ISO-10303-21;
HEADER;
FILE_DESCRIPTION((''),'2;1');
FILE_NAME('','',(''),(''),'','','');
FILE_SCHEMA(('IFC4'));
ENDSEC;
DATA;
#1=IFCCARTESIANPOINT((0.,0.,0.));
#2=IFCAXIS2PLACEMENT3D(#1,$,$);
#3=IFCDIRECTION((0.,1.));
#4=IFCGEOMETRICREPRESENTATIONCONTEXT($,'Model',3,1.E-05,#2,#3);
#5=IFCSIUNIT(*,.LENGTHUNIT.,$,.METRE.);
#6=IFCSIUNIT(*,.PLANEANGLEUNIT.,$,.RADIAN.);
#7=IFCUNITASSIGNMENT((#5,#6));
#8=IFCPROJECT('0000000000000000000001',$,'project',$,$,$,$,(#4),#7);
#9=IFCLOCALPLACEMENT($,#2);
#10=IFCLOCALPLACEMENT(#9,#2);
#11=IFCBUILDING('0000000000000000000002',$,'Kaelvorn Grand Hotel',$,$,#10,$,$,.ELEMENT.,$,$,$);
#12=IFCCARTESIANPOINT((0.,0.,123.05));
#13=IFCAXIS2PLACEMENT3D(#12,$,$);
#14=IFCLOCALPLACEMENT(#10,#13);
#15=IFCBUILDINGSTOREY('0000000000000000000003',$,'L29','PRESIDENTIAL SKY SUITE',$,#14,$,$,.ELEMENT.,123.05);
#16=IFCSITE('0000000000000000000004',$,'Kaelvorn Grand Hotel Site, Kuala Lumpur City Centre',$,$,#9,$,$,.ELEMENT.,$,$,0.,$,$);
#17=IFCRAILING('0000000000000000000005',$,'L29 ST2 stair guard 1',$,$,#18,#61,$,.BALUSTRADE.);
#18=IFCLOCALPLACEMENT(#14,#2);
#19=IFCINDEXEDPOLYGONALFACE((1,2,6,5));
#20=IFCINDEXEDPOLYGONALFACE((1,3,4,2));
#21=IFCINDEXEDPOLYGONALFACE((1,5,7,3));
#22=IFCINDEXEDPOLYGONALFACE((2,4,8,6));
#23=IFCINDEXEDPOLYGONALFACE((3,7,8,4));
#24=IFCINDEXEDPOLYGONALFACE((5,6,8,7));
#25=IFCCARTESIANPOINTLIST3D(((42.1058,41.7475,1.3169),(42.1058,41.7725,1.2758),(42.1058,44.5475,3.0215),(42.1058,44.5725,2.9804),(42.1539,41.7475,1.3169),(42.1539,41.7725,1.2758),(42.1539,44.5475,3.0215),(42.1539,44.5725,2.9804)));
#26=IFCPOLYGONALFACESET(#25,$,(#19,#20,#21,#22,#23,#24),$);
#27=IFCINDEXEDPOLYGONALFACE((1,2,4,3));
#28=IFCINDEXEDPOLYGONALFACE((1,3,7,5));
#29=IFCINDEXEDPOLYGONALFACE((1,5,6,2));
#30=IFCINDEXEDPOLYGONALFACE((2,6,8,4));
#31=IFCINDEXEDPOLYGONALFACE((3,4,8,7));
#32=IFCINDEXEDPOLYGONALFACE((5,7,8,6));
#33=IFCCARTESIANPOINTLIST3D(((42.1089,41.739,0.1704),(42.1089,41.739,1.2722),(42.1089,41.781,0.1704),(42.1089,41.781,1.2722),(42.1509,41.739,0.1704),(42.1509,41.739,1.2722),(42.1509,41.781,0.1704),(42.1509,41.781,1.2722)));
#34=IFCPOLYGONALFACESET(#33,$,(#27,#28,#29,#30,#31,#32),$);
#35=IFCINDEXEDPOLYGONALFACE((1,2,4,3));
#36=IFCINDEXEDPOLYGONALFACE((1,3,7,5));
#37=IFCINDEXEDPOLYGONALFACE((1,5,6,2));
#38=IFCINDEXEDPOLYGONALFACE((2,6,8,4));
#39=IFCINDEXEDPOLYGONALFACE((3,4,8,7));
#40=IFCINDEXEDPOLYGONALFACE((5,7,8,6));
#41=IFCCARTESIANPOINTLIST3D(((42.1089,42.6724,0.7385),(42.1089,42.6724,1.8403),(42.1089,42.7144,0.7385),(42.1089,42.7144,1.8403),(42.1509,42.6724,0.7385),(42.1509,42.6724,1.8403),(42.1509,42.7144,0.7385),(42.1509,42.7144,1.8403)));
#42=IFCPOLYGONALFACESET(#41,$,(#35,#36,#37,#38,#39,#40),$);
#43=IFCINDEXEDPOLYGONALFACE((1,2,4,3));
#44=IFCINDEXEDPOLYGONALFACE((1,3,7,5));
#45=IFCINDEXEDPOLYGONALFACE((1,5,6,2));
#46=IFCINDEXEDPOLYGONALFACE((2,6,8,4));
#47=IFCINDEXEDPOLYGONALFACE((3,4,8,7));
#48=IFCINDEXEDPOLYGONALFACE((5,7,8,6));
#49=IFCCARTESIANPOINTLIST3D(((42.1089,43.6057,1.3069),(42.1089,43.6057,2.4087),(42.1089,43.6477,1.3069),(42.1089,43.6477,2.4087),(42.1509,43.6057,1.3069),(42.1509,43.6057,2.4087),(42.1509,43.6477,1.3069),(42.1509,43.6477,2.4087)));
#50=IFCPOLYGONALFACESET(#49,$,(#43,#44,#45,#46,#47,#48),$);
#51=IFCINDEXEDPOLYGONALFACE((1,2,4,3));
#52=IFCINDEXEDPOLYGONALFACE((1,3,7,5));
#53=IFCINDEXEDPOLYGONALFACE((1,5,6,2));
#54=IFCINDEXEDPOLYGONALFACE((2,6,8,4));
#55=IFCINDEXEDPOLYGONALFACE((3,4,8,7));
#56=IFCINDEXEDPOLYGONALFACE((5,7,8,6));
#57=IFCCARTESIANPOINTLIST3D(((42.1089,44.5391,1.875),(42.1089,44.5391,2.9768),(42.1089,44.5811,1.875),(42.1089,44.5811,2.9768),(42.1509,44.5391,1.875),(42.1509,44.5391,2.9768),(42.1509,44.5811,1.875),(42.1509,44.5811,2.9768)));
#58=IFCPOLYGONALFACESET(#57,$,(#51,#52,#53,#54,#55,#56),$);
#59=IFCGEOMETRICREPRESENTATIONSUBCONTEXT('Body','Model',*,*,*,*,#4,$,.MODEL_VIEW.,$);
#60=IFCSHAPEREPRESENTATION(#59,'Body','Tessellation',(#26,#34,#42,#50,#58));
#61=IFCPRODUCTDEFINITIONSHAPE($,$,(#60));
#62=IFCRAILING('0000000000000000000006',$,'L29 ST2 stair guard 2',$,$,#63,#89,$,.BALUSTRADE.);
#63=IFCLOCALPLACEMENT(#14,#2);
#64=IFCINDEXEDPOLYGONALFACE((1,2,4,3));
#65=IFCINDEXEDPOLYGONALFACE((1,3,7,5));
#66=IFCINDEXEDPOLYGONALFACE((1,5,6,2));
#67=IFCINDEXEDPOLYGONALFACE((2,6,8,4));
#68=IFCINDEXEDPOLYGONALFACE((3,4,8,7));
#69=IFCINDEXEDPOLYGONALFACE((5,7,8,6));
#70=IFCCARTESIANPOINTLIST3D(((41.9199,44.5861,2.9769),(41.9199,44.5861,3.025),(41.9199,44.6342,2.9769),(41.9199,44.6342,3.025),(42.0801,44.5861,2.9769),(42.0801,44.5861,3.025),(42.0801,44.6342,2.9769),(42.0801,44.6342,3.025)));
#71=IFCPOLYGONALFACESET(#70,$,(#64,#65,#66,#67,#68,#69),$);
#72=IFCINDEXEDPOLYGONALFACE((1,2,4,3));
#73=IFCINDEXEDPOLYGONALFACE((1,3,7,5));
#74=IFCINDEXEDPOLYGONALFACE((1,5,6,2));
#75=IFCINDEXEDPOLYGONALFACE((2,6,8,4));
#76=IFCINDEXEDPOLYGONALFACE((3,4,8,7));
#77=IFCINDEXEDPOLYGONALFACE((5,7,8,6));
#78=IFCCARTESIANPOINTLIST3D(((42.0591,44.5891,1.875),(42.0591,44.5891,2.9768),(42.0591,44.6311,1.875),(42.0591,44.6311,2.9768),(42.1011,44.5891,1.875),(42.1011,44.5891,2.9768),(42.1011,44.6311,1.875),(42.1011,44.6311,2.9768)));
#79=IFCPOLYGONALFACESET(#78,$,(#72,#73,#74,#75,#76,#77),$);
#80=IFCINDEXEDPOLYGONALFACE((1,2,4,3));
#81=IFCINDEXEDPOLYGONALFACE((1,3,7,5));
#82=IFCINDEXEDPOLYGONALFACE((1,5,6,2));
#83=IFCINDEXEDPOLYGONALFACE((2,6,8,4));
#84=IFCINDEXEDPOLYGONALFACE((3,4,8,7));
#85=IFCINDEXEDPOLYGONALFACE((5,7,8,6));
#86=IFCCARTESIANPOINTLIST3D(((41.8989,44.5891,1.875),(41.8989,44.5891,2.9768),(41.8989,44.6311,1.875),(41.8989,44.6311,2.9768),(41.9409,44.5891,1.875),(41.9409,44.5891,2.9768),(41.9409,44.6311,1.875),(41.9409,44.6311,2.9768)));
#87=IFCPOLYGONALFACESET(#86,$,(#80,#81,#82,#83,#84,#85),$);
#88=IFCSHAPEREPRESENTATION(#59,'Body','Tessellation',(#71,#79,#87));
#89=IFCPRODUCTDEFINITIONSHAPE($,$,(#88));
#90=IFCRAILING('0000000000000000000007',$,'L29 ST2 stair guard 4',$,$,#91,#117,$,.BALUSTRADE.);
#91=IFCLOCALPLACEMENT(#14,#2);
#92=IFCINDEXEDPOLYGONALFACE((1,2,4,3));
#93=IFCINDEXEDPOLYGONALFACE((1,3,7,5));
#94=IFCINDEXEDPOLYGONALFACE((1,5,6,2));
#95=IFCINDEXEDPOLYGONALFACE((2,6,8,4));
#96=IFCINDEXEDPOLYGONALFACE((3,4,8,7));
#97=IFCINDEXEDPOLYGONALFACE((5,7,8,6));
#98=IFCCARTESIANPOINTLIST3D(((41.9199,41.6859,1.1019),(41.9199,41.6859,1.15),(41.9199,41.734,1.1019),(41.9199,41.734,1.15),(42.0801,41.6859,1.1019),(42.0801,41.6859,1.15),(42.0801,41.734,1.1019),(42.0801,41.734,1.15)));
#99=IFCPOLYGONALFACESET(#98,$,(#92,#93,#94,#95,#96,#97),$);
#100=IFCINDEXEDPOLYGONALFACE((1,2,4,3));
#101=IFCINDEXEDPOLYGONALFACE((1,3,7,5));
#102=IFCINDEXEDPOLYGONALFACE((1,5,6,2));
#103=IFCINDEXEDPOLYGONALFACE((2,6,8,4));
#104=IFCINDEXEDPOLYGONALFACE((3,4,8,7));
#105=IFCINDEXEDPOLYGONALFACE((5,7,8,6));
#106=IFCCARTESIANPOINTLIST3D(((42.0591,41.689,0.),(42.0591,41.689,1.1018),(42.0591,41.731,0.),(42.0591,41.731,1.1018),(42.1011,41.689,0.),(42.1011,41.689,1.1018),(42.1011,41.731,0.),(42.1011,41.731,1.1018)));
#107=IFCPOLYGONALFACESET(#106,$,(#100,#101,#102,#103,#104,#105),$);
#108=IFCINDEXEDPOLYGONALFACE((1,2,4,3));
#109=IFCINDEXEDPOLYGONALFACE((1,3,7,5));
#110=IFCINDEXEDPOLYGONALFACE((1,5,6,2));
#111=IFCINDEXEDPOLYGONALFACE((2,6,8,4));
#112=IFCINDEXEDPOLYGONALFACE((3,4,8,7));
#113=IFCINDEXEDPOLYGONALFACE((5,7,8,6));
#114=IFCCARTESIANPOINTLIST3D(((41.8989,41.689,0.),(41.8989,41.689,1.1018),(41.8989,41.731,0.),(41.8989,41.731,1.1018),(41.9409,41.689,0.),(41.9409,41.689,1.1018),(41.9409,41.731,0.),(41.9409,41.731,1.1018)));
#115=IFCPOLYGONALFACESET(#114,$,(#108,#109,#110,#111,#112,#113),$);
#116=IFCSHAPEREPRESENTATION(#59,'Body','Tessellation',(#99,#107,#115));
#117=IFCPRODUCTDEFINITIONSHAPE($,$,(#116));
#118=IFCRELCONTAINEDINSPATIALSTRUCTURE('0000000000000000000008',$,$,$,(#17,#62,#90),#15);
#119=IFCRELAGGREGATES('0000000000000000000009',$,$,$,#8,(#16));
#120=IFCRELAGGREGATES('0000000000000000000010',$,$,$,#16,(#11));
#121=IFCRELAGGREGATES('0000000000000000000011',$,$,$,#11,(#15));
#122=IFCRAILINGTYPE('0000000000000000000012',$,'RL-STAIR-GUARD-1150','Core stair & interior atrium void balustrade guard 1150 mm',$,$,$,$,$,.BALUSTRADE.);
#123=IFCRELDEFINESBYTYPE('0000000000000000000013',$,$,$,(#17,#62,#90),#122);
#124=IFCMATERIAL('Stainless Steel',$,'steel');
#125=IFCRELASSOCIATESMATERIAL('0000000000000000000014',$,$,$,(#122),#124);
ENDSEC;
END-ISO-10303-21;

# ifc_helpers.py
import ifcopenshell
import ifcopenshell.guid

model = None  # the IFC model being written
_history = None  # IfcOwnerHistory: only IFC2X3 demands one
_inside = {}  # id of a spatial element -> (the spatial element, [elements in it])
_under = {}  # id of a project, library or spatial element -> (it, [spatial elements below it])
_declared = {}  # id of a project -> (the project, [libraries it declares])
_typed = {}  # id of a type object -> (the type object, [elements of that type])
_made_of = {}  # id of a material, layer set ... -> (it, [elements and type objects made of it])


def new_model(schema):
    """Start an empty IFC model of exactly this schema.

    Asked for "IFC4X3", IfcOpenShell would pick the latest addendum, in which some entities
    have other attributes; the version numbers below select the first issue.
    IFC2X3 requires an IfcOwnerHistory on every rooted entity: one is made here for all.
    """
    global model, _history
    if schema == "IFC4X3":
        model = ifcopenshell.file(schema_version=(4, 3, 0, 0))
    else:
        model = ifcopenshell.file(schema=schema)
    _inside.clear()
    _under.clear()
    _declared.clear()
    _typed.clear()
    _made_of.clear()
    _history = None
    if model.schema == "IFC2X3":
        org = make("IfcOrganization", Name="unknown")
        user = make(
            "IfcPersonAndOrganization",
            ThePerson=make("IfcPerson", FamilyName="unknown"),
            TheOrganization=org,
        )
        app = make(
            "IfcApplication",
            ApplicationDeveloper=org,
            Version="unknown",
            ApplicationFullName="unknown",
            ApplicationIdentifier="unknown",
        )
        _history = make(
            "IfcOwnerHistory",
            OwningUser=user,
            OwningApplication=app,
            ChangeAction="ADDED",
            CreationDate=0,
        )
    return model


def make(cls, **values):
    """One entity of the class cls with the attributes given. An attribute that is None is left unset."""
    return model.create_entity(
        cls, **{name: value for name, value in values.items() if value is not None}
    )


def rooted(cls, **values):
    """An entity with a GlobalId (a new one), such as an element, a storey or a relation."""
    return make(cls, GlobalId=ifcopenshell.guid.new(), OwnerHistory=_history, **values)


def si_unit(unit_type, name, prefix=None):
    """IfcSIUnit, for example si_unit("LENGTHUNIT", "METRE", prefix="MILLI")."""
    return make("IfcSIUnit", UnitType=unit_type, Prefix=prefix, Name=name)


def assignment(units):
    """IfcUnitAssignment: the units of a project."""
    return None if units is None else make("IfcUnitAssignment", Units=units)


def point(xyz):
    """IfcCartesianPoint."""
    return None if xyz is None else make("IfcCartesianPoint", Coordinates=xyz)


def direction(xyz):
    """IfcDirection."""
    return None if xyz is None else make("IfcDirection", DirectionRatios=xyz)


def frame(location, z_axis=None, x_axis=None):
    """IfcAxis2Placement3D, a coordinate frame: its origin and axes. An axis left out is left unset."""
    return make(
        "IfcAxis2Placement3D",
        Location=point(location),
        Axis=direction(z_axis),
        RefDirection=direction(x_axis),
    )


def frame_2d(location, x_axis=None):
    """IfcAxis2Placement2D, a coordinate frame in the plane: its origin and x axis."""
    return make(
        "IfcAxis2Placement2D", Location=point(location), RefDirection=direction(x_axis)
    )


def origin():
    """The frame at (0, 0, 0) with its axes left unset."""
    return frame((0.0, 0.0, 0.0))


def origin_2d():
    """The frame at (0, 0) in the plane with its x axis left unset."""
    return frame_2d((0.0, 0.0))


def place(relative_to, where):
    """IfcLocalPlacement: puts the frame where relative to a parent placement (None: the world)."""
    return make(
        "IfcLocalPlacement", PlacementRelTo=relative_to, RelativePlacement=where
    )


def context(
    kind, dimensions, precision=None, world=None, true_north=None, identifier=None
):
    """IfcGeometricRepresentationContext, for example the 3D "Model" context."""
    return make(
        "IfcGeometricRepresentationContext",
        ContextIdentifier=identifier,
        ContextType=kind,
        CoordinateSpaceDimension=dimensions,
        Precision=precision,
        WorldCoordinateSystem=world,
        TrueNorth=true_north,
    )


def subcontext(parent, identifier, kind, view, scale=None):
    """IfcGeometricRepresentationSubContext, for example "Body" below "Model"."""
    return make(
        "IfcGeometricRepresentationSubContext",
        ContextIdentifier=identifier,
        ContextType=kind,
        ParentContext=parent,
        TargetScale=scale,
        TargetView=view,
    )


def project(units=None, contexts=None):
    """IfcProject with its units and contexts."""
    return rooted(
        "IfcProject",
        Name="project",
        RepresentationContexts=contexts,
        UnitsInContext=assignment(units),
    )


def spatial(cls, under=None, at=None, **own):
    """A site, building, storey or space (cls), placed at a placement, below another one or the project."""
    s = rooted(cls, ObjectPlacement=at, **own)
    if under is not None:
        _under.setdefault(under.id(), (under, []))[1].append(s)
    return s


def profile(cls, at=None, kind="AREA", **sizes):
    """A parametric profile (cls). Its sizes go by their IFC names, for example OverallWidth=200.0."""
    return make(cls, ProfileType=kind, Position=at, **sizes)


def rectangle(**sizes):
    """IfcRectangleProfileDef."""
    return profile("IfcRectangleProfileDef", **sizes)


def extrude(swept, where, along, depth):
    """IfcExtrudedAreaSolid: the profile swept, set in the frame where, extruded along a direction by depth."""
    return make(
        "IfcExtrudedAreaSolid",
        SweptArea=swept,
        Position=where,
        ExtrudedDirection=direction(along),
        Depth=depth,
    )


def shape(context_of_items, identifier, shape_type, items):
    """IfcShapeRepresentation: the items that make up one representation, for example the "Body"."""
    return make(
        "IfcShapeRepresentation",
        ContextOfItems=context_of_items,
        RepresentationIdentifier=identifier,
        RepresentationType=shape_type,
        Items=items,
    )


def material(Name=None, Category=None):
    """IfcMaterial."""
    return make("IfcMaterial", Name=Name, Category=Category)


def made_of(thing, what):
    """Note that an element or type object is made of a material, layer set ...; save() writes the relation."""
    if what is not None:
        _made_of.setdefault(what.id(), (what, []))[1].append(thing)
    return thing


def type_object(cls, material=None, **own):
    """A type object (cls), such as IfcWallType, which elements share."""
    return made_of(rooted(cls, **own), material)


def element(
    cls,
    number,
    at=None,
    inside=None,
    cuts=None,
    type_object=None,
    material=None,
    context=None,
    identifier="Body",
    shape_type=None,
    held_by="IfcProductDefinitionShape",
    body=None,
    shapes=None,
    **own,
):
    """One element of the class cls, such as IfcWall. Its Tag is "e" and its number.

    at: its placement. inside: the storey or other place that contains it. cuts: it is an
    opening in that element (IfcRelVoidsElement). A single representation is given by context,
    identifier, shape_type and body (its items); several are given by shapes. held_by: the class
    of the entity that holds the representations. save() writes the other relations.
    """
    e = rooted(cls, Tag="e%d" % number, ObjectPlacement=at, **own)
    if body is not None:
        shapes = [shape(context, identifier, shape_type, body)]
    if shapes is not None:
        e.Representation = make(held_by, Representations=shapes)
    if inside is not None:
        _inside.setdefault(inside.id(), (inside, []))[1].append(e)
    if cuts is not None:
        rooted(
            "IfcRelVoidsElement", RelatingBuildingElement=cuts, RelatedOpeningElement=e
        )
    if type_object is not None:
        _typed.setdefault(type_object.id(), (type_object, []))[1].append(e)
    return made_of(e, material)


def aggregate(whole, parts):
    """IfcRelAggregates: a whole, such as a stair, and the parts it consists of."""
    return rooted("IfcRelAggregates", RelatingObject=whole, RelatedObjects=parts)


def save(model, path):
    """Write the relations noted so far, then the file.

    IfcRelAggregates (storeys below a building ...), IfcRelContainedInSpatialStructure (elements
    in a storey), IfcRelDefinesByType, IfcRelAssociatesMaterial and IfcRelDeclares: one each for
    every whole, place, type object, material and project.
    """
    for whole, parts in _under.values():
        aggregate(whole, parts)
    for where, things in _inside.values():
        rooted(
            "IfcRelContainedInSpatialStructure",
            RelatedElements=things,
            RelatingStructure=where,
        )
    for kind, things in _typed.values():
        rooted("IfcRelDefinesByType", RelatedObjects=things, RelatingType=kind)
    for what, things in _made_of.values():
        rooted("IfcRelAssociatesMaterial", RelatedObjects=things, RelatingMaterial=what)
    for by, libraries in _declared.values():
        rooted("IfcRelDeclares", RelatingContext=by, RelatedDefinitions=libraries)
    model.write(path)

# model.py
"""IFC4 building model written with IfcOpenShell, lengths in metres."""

from ifc_helpers import new_model, si_unit, direction, frame, origin, origin_2d, place, context, subcontext, project, spatial, rectangle, extrude, material, type_object, element, save


model = new_model("IFC4")

# Units and contexts
model_context = context("Model", 3, precision=1e-05, world=origin(), true_north=direction((0.0, 1.0)))
body_context = subcontext(model_context, "Body", "Model", "MODEL_VIEW")
ifc_project = project(units=[si_unit("LENGTHUNIT", "METRE"), si_unit("PLANEANGLEUNIT", "RADIAN")], contexts=[model_context])

# Site, building, storey
site_placement = place(None, origin())
site = spatial("IfcSite", under=ifc_project, at=site_placement, Name="Kaelvorn Grand Hotel Site, Kuala Lumpur City Centre", CompositionType="ELEMENT", RefElevation=0.0)
building_placement = place(site_placement, origin())
building = spatial("IfcBuilding", under=site, at=building_placement, Name="Kaelvorn Grand Hotel", CompositionType="ELEMENT")
storey_placement = place(building_placement, frame((0.0, 0.0, 123.05)))
storey = spatial("IfcBuildingStorey", under=building, at=storey_placement, Name="L29", Description="PRESIDENTIAL SKY SUITE", CompositionType="ELEMENT", Elevation=123.05)

# Railings
ifc_material_1 = material(Name="Stainless Steel", Category="steel")
railing_type_1 = type_object("IfcRailingType", Name="RL-STAIR-GUARD-1150", Description="Core stair & interior atrium void balustrade guard 1150 mm", PredefinedType="BALUSTRADE", material=ifc_material_1)
railing_1_placement = place(storey_placement, frame((42.1299, 41.76, 0.1704)))
element("IfcRailing", 1, at=railing_1_placement, inside=storey, type_object=railing_type_1, Name="L29 ST2 stair guard 1", PredefinedType="BALUSTRADE", context=body_context, shape_type="SweptSolid", body=[
    extrude(rectangle(XDim=0.0481, YDim=0.0481, at=origin_2d()), frame((0.0, 0.0, 1.126), z_axis=(0.0, 0.85417, 0.519994), x_axis=(-1.0, 0.0, 0.0)), (0.0, 0.0, 1.0), 3.2781),
    extrude(rectangle(XDim=0.042, YDim=0.042, at=origin_2d()), origin(), (0.0, 0.0, 1.0), 1.1018),
    extrude(rectangle(XDim=0.042, YDim=0.042, at=origin_2d()), frame((0.0, 0.9333, 0.5681)), (0.0, 0.0, 1.0), 1.1018),
    extrude(rectangle(XDim=0.042, YDim=0.042, at=origin_2d()), frame((0.0, 1.8667, 1.1365)), (0.0, 0.0, 1.0), 1.1018),
    extrude(rectangle(XDim=0.042, YDim=0.042, at=origin_2d()), frame((0.0, 2.8, 1.7046)), (0.0, 0.0, 1.0), 1.1018),
])
for number, where, name in (
    (2, (42.0801, 44.6101, 1.875), "L29 ST2 stair guard 2"),
    (3, (42.0801, 41.71, 0.0), "L29 ST2 stair guard 4"),
):
    element("IfcRailing", number, at=place(storey_placement, frame(where)), inside=storey, type_object=railing_type_1, Name=name, PredefinedType="BALUSTRADE", context=body_context, shape_type="SweptSolid", body=[
        extrude(rectangle(XDim=0.0481, YDim=0.0481, at=origin_2d()), frame((0.0, 0.0, 1.126), z_axis=(-1.0, 0.0, 0.0), x_axis=(0.0, -1.0, 0.0)), (0.0, 0.0, 1.0), 0.1602),
        extrude(rectangle(XDim=0.042, YDim=0.042, at=origin_2d()), origin(), (0.0, 0.0, 1.0), 1.1018),
        extrude(rectangle(XDim=0.042, YDim=0.042, at=origin_2d()), frame((-0.1602, 0.0, 0.0)), (0.0, 0.0, 1.0), 1.1018),
    ])

save(model, "model.ifc")
